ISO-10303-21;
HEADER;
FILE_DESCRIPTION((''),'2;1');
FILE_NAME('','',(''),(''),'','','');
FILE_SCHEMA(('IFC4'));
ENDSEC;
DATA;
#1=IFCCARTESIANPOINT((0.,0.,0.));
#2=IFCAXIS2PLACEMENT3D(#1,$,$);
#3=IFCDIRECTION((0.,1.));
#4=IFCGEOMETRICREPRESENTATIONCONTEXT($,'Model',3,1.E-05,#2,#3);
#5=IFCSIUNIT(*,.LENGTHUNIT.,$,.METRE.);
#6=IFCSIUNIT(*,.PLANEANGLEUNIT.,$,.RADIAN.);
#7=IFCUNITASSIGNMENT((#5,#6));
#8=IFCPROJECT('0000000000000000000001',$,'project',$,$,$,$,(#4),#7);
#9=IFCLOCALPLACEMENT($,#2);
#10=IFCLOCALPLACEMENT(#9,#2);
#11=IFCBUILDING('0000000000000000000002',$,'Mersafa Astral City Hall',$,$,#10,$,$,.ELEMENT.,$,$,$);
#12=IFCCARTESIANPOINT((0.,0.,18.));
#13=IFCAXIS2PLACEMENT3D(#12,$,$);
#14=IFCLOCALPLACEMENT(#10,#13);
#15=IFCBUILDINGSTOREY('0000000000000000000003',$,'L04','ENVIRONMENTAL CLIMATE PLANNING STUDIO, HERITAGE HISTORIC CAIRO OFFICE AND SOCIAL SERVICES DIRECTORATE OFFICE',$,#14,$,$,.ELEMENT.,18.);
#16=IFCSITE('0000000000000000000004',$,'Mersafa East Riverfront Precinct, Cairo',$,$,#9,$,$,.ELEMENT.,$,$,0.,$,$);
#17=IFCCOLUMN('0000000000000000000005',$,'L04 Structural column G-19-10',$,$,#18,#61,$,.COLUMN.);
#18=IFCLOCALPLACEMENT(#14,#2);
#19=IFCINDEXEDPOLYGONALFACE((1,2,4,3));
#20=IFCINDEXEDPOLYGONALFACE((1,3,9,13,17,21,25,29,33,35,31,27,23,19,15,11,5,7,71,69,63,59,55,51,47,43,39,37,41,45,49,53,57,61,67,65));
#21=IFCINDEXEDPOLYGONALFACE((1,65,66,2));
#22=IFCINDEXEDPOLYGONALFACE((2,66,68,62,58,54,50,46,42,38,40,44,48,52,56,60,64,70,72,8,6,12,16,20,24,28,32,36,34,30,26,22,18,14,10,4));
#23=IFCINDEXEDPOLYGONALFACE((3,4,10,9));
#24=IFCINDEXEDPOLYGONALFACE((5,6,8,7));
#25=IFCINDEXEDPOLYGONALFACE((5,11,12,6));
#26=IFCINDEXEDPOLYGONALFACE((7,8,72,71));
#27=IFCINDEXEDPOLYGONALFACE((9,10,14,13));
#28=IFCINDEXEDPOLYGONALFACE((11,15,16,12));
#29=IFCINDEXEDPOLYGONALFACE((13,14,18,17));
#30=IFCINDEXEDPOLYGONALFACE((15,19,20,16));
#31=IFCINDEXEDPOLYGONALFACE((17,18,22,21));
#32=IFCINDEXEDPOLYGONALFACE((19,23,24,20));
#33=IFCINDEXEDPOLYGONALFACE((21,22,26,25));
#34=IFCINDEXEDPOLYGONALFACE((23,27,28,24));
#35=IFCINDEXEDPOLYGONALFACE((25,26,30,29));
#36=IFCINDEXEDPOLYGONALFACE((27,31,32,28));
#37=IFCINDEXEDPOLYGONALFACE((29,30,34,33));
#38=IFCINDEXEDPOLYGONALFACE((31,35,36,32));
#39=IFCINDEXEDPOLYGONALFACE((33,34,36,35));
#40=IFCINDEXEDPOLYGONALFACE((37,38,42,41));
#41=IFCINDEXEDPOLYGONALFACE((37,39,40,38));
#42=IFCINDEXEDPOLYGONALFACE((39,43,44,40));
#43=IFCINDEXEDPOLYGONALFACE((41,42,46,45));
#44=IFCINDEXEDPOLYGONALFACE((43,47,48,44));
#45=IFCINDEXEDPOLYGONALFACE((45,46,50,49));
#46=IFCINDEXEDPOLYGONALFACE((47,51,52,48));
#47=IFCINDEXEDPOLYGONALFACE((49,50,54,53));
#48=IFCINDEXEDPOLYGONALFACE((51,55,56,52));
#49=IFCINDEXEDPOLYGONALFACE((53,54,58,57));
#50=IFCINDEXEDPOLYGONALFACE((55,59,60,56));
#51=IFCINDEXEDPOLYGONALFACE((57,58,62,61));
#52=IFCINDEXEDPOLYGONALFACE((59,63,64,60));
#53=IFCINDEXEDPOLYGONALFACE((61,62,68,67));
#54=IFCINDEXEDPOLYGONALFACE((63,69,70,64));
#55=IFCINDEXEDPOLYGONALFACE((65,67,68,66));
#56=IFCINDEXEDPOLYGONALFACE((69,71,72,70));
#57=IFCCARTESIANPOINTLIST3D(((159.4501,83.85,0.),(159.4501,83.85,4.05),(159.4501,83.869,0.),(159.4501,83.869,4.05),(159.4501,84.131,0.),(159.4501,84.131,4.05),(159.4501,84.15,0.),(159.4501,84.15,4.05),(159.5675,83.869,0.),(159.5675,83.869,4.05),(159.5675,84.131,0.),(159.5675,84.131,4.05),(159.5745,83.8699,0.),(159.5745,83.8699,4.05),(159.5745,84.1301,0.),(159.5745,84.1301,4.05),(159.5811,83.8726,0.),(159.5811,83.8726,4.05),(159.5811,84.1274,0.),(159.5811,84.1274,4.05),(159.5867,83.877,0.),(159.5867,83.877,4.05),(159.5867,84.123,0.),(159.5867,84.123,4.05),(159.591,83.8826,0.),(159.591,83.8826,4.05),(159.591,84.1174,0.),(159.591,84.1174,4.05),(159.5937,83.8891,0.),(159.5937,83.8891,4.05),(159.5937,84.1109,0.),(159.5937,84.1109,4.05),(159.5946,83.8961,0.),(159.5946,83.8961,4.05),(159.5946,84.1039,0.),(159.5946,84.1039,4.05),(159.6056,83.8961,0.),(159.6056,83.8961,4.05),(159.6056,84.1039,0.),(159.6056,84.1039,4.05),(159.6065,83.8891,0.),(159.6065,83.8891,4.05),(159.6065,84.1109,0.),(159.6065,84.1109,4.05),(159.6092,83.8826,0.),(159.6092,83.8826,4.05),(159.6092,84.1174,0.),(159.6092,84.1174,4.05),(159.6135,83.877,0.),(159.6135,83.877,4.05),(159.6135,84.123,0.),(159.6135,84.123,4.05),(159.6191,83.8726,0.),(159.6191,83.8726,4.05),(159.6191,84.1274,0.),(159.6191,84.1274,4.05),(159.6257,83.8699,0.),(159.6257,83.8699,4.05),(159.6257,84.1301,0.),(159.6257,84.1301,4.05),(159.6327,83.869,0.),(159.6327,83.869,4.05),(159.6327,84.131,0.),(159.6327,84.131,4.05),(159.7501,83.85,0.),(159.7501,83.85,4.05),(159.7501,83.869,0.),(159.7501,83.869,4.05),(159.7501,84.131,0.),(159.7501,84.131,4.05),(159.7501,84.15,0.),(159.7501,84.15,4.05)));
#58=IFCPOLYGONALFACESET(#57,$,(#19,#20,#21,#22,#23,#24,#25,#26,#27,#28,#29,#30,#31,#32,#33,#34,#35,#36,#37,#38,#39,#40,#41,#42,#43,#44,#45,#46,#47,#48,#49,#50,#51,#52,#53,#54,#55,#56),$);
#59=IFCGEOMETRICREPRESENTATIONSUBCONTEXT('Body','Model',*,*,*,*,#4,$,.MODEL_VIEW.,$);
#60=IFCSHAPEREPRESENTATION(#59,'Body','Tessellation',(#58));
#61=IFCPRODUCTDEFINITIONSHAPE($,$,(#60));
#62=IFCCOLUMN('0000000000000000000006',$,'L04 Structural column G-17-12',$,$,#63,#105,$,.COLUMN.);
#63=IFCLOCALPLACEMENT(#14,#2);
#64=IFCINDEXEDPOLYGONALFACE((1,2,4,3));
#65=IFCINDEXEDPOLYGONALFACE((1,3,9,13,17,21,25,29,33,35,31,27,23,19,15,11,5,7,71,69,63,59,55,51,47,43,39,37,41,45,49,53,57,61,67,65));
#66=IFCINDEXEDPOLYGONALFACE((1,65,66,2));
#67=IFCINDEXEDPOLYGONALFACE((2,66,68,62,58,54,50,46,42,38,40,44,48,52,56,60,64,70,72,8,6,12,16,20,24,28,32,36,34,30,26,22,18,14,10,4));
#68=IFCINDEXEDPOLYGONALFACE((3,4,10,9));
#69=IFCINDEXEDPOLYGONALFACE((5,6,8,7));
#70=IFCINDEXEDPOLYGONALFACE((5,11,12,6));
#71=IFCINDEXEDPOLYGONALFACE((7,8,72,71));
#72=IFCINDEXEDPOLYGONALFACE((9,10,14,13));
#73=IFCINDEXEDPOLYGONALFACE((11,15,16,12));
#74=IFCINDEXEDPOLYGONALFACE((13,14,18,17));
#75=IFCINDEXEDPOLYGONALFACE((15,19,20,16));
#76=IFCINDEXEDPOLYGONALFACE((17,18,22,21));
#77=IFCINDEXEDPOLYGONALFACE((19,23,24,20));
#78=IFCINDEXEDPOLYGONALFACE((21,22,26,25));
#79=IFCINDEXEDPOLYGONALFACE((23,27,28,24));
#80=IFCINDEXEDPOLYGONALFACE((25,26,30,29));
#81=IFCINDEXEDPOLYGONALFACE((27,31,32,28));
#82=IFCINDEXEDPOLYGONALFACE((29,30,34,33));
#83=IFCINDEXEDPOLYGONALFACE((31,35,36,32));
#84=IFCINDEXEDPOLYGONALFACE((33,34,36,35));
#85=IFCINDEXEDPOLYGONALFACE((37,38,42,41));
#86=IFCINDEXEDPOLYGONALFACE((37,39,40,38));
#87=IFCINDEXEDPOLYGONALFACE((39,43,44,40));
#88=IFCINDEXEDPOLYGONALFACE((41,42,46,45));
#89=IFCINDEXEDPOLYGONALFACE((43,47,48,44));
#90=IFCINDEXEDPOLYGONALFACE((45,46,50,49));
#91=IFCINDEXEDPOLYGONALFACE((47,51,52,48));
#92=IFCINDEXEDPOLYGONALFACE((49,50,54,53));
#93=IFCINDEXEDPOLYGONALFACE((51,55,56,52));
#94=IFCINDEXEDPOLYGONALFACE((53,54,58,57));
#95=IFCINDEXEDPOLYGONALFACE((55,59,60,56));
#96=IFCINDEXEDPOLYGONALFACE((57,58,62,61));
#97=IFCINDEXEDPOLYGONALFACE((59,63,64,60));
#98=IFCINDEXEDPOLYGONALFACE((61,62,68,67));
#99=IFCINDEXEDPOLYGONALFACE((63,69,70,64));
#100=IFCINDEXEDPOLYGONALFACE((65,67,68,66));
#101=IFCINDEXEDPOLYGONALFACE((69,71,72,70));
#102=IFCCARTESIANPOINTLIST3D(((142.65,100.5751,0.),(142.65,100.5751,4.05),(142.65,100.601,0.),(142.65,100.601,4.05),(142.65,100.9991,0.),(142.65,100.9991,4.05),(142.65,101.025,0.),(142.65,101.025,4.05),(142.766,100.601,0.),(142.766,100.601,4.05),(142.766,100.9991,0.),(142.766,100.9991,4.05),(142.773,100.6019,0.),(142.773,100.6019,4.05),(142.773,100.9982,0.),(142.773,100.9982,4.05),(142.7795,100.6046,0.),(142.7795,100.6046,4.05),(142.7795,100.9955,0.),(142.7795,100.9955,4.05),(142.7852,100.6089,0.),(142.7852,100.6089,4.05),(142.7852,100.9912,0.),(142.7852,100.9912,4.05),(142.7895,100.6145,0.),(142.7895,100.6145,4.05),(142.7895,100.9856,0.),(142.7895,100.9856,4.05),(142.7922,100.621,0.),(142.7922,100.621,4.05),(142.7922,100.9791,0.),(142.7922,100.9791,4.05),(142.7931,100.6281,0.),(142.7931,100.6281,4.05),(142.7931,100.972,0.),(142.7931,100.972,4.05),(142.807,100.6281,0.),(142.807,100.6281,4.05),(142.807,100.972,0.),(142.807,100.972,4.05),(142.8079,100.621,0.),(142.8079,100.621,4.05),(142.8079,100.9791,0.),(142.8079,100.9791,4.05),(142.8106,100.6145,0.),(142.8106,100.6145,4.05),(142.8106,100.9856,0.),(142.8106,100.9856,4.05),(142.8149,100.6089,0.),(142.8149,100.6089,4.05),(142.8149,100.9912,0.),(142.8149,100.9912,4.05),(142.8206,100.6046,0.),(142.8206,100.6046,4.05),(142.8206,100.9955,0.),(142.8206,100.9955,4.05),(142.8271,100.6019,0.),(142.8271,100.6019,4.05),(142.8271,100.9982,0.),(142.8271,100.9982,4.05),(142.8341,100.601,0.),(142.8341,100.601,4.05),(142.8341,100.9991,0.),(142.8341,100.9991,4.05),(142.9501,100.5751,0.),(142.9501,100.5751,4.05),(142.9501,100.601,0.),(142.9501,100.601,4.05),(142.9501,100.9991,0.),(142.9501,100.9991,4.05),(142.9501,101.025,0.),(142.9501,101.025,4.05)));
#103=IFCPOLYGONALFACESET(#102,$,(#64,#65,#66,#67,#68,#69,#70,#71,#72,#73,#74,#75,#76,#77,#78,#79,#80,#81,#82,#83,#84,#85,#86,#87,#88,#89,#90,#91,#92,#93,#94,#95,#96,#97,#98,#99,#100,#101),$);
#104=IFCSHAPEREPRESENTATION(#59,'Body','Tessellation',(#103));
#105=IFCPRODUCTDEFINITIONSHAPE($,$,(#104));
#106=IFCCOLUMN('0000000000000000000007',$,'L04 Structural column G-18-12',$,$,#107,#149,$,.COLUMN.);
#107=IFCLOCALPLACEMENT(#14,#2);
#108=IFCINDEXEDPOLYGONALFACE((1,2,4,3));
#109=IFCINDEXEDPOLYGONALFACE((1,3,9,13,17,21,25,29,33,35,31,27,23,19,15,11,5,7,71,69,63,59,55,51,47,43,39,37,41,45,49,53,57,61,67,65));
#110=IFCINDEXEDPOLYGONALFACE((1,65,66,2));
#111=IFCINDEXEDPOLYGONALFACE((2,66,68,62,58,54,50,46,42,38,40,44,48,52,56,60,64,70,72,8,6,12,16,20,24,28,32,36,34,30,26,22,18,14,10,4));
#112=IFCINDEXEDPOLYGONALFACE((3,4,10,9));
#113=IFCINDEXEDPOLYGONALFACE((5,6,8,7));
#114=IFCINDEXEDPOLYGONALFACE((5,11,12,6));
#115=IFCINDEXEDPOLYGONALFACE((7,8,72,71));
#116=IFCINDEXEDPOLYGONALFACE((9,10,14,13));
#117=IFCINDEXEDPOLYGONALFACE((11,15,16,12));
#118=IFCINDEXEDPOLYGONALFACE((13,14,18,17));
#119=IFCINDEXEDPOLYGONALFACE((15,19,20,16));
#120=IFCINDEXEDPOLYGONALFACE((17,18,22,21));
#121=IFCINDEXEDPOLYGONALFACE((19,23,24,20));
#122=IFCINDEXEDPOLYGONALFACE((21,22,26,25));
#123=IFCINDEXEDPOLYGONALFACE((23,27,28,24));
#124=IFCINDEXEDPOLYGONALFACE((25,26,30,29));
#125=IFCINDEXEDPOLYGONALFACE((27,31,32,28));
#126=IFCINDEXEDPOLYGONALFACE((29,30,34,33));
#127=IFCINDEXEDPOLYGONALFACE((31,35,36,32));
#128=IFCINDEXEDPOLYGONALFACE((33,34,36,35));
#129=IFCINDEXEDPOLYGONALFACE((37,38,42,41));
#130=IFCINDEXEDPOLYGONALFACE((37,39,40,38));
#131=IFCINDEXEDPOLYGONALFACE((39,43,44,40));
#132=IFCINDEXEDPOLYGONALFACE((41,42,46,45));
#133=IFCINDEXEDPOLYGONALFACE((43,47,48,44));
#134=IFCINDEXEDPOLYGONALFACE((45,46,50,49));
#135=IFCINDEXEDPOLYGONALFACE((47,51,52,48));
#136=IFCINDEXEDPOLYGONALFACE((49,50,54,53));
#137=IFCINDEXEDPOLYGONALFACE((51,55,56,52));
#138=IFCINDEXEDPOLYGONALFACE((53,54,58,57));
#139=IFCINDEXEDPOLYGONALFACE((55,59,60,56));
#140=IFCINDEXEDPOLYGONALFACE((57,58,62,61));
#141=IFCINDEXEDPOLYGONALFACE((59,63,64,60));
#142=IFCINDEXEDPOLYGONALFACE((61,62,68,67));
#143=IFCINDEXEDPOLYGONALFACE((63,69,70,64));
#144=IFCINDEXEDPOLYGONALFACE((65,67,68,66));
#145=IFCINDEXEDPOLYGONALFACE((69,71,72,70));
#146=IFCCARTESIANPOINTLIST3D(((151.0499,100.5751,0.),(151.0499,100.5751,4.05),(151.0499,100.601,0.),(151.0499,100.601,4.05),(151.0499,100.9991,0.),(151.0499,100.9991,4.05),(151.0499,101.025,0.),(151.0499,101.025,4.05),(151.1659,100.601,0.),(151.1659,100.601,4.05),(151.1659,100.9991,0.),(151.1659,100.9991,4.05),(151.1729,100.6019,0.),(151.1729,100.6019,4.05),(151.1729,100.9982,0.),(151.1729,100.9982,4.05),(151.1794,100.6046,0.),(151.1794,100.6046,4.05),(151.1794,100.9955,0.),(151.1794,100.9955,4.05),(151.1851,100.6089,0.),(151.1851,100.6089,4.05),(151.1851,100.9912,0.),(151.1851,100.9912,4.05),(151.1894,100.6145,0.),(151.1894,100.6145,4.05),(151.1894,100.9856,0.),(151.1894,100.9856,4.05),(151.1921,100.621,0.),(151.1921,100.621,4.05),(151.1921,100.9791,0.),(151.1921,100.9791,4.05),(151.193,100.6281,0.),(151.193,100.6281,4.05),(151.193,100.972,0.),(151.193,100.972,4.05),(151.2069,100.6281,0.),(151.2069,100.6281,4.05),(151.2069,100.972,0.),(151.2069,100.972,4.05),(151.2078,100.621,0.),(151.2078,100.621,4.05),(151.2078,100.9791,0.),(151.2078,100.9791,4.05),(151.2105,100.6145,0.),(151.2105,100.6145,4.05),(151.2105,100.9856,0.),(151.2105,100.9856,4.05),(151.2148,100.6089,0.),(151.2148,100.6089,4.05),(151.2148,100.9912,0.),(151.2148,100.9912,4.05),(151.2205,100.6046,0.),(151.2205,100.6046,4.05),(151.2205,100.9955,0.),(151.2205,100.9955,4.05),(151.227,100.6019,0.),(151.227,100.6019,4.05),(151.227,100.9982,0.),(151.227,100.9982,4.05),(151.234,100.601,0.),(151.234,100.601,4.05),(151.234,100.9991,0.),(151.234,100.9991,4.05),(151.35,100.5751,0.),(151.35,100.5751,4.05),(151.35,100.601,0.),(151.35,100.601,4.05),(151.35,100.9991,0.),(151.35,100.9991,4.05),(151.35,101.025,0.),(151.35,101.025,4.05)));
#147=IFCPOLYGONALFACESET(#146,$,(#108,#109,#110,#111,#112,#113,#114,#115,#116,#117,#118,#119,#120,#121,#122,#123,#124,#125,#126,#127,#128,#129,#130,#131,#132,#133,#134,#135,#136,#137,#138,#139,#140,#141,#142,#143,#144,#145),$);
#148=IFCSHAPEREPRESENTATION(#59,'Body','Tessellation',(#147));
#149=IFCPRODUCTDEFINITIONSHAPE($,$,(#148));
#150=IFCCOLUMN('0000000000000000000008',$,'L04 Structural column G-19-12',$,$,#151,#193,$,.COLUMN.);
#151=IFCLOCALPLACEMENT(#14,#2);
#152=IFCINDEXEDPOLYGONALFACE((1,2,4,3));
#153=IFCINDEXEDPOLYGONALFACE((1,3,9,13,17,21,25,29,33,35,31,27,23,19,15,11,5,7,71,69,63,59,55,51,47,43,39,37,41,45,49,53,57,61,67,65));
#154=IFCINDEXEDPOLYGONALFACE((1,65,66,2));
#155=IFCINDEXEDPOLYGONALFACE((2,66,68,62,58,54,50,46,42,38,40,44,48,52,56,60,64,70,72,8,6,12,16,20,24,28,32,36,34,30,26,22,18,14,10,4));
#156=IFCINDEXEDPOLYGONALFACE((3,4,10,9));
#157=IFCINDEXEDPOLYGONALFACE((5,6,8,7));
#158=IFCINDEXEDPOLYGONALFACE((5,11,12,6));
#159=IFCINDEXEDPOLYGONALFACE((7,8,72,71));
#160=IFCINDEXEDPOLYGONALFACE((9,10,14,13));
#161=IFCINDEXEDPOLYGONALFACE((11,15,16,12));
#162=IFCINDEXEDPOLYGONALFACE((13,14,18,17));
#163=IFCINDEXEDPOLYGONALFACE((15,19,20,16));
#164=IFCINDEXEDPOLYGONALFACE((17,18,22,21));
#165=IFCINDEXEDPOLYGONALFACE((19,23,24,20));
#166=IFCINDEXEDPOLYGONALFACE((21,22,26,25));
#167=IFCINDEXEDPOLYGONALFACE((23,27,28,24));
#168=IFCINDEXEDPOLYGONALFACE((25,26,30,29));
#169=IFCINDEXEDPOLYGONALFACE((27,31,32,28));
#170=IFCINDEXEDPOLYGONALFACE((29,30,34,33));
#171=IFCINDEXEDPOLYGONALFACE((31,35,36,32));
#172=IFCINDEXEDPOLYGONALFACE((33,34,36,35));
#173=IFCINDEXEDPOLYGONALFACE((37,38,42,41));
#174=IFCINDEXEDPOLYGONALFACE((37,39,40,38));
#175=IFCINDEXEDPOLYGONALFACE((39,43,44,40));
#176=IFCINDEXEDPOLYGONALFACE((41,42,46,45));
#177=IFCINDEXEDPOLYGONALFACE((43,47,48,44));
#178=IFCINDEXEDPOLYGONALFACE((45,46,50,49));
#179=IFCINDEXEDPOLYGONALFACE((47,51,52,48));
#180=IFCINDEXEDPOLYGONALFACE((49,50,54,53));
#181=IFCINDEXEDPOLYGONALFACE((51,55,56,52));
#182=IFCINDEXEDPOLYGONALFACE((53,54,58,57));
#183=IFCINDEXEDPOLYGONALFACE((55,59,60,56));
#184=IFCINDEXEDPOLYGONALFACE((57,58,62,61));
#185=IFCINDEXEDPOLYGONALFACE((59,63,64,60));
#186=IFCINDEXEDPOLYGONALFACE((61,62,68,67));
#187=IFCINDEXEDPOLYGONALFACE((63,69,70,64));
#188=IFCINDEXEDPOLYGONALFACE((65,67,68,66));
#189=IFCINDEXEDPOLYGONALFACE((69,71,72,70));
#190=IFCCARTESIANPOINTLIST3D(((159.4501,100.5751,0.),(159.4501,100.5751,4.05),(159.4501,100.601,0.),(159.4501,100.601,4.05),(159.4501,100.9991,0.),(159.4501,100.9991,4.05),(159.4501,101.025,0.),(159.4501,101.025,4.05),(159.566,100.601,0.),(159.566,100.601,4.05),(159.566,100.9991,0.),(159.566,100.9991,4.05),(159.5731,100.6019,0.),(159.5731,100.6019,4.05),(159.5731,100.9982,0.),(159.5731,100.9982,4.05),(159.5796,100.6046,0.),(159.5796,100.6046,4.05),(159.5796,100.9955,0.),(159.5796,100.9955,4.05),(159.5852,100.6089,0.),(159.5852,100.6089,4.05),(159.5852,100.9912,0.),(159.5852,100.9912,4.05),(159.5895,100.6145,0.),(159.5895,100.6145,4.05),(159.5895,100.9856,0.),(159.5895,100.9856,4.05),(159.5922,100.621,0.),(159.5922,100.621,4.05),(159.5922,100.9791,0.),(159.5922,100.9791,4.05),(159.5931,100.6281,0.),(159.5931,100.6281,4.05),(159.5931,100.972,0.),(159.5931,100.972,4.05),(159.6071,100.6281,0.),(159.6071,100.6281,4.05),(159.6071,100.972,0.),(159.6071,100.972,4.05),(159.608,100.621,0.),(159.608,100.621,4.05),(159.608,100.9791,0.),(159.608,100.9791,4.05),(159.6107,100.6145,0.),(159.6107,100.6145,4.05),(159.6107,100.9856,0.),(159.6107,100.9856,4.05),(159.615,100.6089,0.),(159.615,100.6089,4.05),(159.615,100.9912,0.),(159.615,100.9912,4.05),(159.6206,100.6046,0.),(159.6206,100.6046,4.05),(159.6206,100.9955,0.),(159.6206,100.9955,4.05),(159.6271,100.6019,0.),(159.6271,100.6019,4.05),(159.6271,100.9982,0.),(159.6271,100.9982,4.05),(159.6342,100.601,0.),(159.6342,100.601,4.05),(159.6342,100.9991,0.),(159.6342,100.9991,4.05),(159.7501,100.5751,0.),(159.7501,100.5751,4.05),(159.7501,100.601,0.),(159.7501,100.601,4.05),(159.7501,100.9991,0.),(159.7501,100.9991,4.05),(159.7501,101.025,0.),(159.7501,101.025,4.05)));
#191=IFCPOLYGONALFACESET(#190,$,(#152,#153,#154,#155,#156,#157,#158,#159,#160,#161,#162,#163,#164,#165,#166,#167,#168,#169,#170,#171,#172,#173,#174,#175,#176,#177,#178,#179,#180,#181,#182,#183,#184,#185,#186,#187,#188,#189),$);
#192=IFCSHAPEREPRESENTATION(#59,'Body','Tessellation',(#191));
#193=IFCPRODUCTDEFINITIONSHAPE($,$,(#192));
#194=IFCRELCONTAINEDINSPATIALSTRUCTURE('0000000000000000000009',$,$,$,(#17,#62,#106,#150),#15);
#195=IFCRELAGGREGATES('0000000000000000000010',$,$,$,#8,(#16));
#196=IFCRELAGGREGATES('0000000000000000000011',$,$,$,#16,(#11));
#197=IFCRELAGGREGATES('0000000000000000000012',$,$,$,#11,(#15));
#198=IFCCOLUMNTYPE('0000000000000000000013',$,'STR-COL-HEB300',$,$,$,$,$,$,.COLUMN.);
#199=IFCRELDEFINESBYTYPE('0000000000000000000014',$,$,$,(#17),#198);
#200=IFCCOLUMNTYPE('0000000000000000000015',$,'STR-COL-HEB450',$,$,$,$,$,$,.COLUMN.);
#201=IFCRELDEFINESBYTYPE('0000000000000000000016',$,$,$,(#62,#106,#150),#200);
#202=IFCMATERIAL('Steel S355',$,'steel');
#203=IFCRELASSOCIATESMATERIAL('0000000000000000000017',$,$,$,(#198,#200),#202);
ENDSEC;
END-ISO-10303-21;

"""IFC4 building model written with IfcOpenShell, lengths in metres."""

from ifc_helpers import new_model, si_unit, direction, frame, origin, origin_2d, place, context, subcontext, project, spatial, i_section, extrude, material, material_profile, profile_set, type_object, element, save


model = new_model("IFC4")

# Units and contexts
model_context = context("Model", 3, precision=1e-05, world=origin(), true_north=direction((0.0, 1.0)))
body_context = subcontext(model_context, "Body", "Model", "MODEL_VIEW")
ifc_project = project(units=[si_unit("LENGTHUNIT", "METRE"), si_unit("PLANEANGLEUNIT", "RADIAN")], contexts=[model_context])

# Site, building, storey
site_placement = place(None, origin())
site = spatial("IfcSite", under=ifc_project, at=site_placement, Name="Mersafa East Riverfront Precinct, Cairo", CompositionType="ELEMENT", RefElevation=0.0)
building_placement = place(site_placement, origin())
building = spatial("IfcBuilding", under=site, at=building_placement, Name="Mersafa Astral City Hall", CompositionType="ELEMENT")
storey_placement = place(building_placement, frame((0.0, 0.0, 18.0)))
storey = spatial("IfcBuildingStorey", under=building, at=storey_placement, Name="L04", Description="ENVIRONMENTAL CLIMATE PLANNING STUDIO, HERITAGE HISTORIC CAIRO OFFICE AND SOCIAL SERVICES DIRECTORATE OFFICE", CompositionType="ELEMENT", Elevation=18.0)

# Columns
ifc_material_1 = material(Name="Steel S355", Category="steel")
ifc_material_profile_1 = material_profile(ifc_material_1, i_section(OverallWidth=0.3, OverallDepth=0.3, WebThickness=0.011, FlangeThickness=0.019, FilletRadius=0.0271, at=origin_2d()), Name="HEB 300")
ifc_profile_set_1 = profile_set([ifc_material_profile_1], Name="Steel S355")
column_type_1 = type_object("IfcColumnType", Name="STR-COL-HEB300", PredefinedType="COLUMN", material=ifc_profile_set_1)
column_placement = place(storey_placement, frame((159.6001, 84.0, 0.0), z_axis=(0.0, 0.0, 1.0), x_axis=(1.0, 0.0, 0.0)))
element("IfcColumn", 1, at=column_placement, inside=storey, type_object=column_type_1, Name="L04 Structural column G-19-10", PredefinedType="COLUMN", context=body_context, shape_type="SweptSolid", body=[
    extrude(i_section(OverallWidth=0.3, OverallDepth=0.3, WebThickness=0.011, FlangeThickness=0.019, FilletRadius=0.0271, at=origin_2d()), origin(), (0.0, 0.0, 1.0), 4.05),
])
ifc_material_profile_2 = material_profile(ifc_material_1, i_section(OverallWidth=0.3, OverallDepth=0.45, WebThickness=0.0139, FlangeThickness=0.0259, FilletRadius=0.0271, at=origin_2d()), Name="HEB 450")
ifc_profile_set_2 = profile_set([ifc_material_profile_2], Name="Steel S355")
column_type_2 = type_object("IfcColumnType", Name="STR-COL-HEB450", PredefinedType="COLUMN", material=ifc_profile_set_2)
for number, where, z_axis, x_axis, name in (
    (2, (142.8, 100.8, 0.0), (0.0, 0.0, 1.0), (1.0, 0.0, 0.0), "L04 Structural column G-17-12"),
    (3, (151.2, 100.8, 0.0), (0.0, 0.0, 1.0), (1.0, 0.0, 0.0), "L04 Structural column G-18-12"),
    (4, (159.6001, 100.8, 0.0), (0.0, 0.0, 1.0), (1.0, 0.0, 0.0), "L04 Structural column G-19-12"),
):
    element("IfcColumn", number, at=place(storey_placement, frame(where, z_axis=z_axis, x_axis=x_axis)), inside=storey, type_object=column_type_2, Name=name, PredefinedType="COLUMN", context=body_context, shape_type="SweptSolid", body=[
        extrude(i_section(OverallWidth=0.3, OverallDepth=0.45, WebThickness=0.0139, FlangeThickness=0.0259, FilletRadius=0.0271, at=origin_2d()), origin(), (0.0, 0.0, 1.0), 4.05),
    ])

save(model, "model.ifc")
